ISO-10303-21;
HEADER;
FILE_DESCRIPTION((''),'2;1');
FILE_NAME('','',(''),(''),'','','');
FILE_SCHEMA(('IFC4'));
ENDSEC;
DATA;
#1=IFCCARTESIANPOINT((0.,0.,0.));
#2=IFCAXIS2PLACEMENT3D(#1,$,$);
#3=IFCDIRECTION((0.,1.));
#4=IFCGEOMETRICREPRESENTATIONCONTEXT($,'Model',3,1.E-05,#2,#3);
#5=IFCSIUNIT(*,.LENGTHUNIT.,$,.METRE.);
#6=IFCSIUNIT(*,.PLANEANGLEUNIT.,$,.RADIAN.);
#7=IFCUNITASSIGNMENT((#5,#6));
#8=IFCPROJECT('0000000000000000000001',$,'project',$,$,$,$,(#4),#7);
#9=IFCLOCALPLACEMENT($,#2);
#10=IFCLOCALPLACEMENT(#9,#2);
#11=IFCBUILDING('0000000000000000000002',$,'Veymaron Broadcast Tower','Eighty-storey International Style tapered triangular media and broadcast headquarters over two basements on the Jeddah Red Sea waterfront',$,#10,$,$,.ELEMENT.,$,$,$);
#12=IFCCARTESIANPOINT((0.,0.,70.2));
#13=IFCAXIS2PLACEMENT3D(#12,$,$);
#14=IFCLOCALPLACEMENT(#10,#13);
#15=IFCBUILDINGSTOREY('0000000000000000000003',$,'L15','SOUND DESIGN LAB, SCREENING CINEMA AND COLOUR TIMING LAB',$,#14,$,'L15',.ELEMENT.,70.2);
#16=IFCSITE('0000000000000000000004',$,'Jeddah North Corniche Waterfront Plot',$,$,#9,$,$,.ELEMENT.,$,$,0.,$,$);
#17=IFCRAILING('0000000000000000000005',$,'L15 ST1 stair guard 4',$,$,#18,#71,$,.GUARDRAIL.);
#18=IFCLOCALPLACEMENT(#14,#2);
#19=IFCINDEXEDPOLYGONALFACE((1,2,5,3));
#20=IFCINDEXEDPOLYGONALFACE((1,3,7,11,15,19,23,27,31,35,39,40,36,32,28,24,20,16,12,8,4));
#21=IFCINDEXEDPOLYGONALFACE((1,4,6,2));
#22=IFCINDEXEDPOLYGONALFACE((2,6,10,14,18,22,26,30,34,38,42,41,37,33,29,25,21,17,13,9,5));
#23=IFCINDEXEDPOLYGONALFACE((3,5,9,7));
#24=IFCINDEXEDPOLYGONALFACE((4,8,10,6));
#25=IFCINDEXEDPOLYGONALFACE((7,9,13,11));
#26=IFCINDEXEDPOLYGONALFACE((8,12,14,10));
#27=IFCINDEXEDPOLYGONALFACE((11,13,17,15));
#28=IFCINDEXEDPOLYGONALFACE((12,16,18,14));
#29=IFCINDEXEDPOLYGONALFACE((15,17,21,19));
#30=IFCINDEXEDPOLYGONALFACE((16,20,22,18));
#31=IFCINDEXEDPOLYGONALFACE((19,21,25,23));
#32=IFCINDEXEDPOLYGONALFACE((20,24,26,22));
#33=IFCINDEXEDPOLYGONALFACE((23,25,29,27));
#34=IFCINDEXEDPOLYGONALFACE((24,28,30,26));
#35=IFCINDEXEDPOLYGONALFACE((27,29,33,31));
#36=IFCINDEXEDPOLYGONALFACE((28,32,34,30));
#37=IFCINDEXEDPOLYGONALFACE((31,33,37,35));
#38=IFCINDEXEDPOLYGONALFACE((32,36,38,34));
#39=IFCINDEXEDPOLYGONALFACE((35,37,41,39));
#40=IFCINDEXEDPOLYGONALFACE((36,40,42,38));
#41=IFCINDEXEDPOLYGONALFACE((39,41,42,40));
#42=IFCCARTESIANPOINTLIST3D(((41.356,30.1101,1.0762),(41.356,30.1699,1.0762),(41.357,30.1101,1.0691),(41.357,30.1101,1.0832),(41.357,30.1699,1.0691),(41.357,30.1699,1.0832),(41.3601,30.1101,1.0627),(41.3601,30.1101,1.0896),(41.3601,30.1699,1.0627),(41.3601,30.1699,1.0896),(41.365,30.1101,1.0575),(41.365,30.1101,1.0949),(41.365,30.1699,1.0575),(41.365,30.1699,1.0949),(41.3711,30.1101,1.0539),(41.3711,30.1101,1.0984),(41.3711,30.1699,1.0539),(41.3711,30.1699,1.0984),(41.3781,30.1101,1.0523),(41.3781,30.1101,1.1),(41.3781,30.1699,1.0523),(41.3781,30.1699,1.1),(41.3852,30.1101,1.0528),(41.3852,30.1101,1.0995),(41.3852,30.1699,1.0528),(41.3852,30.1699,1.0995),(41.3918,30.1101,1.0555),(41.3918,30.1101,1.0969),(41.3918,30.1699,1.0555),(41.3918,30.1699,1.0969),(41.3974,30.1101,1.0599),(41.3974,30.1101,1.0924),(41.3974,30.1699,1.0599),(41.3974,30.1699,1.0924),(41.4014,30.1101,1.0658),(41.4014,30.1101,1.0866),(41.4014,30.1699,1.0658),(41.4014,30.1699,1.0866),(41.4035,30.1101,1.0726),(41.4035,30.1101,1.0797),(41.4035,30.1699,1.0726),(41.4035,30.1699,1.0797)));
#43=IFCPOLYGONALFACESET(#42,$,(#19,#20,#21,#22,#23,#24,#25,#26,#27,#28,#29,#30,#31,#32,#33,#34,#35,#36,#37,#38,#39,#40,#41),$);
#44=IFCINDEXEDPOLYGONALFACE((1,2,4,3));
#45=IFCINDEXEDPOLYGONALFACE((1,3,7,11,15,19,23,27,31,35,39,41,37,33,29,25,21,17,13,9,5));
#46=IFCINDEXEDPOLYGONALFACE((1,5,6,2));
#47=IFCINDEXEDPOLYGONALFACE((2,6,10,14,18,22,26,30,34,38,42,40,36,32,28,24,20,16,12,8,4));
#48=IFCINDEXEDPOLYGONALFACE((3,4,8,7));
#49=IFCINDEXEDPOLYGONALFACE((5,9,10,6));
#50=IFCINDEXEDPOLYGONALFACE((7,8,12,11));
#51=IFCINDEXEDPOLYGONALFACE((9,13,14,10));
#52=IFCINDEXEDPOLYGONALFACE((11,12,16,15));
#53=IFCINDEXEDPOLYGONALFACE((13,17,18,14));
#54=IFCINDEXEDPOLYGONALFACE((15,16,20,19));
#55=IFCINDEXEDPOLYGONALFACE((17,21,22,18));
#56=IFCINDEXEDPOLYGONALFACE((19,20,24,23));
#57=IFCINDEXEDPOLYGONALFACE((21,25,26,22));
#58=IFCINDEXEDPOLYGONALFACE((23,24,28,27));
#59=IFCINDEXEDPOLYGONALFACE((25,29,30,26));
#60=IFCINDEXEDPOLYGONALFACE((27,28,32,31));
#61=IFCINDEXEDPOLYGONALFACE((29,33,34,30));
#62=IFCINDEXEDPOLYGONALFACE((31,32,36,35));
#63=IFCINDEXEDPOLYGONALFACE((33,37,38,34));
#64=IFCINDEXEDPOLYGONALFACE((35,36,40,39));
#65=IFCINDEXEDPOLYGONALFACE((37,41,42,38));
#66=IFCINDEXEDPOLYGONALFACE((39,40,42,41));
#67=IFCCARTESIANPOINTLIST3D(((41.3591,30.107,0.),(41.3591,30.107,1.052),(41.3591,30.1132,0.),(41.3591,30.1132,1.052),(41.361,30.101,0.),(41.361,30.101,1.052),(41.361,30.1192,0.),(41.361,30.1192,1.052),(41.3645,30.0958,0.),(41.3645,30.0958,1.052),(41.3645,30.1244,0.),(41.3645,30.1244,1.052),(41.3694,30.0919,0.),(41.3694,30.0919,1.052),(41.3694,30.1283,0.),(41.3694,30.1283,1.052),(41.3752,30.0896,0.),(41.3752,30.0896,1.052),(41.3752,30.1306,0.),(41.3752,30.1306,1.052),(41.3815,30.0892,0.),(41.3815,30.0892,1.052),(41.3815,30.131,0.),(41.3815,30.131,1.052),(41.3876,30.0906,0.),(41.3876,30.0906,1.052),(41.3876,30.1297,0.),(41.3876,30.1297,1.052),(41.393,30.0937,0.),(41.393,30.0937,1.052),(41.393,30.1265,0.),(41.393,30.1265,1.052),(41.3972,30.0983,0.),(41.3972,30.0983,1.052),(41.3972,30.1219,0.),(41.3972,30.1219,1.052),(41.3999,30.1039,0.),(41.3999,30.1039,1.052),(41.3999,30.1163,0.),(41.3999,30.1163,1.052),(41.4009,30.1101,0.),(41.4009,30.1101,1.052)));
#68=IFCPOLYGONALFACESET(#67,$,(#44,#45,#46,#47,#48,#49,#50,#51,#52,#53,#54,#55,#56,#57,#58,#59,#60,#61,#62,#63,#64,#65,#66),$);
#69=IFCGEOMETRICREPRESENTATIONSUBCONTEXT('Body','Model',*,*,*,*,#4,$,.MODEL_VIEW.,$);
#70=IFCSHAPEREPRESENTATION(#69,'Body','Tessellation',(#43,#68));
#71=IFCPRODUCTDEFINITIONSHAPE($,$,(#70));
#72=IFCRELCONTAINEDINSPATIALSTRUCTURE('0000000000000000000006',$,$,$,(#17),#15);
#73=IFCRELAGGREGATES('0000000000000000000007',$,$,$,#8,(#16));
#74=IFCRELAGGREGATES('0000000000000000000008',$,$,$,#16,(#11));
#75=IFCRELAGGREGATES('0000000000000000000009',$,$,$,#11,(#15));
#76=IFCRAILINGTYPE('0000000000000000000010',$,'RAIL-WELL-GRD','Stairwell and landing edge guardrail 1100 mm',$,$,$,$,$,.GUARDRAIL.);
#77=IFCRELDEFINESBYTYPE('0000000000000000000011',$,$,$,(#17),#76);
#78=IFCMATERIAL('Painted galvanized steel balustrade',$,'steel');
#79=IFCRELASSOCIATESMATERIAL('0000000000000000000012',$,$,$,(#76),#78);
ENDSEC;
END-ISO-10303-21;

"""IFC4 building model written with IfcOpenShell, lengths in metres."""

from ifc_helpers import new_model, si_unit, direction, frame, origin, origin_2d, place, context, subcontext, project, spatial, circle, extrude, material, type_object, element, save


model = new_model("IFC4")

# Units and contexts
model_context = context("Model", 3, precision=1e-05, world=origin(), true_north=direction((0.0, 1.0)))
body_context = subcontext(model_context, "Body", "Model", "MODEL_VIEW")
ifc_project = project(units=[si_unit("LENGTHUNIT", "METRE"), si_unit("PLANEANGLEUNIT", "RADIAN")], contexts=[model_context])

# Site, building, storey
site_placement = place(None, origin())
site = spatial("IfcSite", under=ifc_project, at=site_placement, Name="Jeddah North Corniche Waterfront Plot", CompositionType="ELEMENT", RefElevation=0.0)
building_placement = place(site_placement, origin())
building = spatial("IfcBuilding", under=site, at=building_placement, Name="Veymaron Broadcast Tower", Description="Eighty-storey International Style tapered triangular media and broadcast headquarters over two basements on the Jeddah Red Sea waterfront", CompositionType="ELEMENT")
storey_placement = place(building_placement, frame((0.0, 0.0, 70.2)))
storey = spatial("IfcBuildingStorey", under=building, at=storey_placement, Name="L15", Description="SOUND DESIGN LAB, SCREENING CINEMA AND COLOUR TIMING LAB", LongName="L15", CompositionType="ELEMENT", Elevation=70.2)

# Railing
ifc_material_1 = material(Name="Painted galvanized steel balustrade", Category="steel")
railing_type_1 = type_object("IfcRailingType", Name="RAIL-WELL-GRD", Description="Stairwell and landing edge guardrail 1100 mm", PredefinedType="GUARDRAIL", material=ifc_material_1)
railing_1_placement = place(storey_placement, frame((41.3799, 30.1101, 0.0)))
element("IfcRailing", 1, at=railing_1_placement, inside=storey, type_object=railing_type_1, Name="L15 ST1 stair guard 4", PredefinedType="GUARDRAIL", context=body_context, shape_type="SweptSolid", body=[
    extrude(circle(Radius=0.0239, at=origin_2d()), frame((0.0, 0.0, 1.0762), z_axis=(0.0, 1.0, 0.0), x_axis=(-1.0, 0.0, 0.0)), (0.0, 0.0, 1.0), 0.0598),
    extrude(circle(Radius=0.021, at=origin_2d()), origin(), (0.0, 0.0, 1.0), 1.052),
])

save(model, "model.ifc")
